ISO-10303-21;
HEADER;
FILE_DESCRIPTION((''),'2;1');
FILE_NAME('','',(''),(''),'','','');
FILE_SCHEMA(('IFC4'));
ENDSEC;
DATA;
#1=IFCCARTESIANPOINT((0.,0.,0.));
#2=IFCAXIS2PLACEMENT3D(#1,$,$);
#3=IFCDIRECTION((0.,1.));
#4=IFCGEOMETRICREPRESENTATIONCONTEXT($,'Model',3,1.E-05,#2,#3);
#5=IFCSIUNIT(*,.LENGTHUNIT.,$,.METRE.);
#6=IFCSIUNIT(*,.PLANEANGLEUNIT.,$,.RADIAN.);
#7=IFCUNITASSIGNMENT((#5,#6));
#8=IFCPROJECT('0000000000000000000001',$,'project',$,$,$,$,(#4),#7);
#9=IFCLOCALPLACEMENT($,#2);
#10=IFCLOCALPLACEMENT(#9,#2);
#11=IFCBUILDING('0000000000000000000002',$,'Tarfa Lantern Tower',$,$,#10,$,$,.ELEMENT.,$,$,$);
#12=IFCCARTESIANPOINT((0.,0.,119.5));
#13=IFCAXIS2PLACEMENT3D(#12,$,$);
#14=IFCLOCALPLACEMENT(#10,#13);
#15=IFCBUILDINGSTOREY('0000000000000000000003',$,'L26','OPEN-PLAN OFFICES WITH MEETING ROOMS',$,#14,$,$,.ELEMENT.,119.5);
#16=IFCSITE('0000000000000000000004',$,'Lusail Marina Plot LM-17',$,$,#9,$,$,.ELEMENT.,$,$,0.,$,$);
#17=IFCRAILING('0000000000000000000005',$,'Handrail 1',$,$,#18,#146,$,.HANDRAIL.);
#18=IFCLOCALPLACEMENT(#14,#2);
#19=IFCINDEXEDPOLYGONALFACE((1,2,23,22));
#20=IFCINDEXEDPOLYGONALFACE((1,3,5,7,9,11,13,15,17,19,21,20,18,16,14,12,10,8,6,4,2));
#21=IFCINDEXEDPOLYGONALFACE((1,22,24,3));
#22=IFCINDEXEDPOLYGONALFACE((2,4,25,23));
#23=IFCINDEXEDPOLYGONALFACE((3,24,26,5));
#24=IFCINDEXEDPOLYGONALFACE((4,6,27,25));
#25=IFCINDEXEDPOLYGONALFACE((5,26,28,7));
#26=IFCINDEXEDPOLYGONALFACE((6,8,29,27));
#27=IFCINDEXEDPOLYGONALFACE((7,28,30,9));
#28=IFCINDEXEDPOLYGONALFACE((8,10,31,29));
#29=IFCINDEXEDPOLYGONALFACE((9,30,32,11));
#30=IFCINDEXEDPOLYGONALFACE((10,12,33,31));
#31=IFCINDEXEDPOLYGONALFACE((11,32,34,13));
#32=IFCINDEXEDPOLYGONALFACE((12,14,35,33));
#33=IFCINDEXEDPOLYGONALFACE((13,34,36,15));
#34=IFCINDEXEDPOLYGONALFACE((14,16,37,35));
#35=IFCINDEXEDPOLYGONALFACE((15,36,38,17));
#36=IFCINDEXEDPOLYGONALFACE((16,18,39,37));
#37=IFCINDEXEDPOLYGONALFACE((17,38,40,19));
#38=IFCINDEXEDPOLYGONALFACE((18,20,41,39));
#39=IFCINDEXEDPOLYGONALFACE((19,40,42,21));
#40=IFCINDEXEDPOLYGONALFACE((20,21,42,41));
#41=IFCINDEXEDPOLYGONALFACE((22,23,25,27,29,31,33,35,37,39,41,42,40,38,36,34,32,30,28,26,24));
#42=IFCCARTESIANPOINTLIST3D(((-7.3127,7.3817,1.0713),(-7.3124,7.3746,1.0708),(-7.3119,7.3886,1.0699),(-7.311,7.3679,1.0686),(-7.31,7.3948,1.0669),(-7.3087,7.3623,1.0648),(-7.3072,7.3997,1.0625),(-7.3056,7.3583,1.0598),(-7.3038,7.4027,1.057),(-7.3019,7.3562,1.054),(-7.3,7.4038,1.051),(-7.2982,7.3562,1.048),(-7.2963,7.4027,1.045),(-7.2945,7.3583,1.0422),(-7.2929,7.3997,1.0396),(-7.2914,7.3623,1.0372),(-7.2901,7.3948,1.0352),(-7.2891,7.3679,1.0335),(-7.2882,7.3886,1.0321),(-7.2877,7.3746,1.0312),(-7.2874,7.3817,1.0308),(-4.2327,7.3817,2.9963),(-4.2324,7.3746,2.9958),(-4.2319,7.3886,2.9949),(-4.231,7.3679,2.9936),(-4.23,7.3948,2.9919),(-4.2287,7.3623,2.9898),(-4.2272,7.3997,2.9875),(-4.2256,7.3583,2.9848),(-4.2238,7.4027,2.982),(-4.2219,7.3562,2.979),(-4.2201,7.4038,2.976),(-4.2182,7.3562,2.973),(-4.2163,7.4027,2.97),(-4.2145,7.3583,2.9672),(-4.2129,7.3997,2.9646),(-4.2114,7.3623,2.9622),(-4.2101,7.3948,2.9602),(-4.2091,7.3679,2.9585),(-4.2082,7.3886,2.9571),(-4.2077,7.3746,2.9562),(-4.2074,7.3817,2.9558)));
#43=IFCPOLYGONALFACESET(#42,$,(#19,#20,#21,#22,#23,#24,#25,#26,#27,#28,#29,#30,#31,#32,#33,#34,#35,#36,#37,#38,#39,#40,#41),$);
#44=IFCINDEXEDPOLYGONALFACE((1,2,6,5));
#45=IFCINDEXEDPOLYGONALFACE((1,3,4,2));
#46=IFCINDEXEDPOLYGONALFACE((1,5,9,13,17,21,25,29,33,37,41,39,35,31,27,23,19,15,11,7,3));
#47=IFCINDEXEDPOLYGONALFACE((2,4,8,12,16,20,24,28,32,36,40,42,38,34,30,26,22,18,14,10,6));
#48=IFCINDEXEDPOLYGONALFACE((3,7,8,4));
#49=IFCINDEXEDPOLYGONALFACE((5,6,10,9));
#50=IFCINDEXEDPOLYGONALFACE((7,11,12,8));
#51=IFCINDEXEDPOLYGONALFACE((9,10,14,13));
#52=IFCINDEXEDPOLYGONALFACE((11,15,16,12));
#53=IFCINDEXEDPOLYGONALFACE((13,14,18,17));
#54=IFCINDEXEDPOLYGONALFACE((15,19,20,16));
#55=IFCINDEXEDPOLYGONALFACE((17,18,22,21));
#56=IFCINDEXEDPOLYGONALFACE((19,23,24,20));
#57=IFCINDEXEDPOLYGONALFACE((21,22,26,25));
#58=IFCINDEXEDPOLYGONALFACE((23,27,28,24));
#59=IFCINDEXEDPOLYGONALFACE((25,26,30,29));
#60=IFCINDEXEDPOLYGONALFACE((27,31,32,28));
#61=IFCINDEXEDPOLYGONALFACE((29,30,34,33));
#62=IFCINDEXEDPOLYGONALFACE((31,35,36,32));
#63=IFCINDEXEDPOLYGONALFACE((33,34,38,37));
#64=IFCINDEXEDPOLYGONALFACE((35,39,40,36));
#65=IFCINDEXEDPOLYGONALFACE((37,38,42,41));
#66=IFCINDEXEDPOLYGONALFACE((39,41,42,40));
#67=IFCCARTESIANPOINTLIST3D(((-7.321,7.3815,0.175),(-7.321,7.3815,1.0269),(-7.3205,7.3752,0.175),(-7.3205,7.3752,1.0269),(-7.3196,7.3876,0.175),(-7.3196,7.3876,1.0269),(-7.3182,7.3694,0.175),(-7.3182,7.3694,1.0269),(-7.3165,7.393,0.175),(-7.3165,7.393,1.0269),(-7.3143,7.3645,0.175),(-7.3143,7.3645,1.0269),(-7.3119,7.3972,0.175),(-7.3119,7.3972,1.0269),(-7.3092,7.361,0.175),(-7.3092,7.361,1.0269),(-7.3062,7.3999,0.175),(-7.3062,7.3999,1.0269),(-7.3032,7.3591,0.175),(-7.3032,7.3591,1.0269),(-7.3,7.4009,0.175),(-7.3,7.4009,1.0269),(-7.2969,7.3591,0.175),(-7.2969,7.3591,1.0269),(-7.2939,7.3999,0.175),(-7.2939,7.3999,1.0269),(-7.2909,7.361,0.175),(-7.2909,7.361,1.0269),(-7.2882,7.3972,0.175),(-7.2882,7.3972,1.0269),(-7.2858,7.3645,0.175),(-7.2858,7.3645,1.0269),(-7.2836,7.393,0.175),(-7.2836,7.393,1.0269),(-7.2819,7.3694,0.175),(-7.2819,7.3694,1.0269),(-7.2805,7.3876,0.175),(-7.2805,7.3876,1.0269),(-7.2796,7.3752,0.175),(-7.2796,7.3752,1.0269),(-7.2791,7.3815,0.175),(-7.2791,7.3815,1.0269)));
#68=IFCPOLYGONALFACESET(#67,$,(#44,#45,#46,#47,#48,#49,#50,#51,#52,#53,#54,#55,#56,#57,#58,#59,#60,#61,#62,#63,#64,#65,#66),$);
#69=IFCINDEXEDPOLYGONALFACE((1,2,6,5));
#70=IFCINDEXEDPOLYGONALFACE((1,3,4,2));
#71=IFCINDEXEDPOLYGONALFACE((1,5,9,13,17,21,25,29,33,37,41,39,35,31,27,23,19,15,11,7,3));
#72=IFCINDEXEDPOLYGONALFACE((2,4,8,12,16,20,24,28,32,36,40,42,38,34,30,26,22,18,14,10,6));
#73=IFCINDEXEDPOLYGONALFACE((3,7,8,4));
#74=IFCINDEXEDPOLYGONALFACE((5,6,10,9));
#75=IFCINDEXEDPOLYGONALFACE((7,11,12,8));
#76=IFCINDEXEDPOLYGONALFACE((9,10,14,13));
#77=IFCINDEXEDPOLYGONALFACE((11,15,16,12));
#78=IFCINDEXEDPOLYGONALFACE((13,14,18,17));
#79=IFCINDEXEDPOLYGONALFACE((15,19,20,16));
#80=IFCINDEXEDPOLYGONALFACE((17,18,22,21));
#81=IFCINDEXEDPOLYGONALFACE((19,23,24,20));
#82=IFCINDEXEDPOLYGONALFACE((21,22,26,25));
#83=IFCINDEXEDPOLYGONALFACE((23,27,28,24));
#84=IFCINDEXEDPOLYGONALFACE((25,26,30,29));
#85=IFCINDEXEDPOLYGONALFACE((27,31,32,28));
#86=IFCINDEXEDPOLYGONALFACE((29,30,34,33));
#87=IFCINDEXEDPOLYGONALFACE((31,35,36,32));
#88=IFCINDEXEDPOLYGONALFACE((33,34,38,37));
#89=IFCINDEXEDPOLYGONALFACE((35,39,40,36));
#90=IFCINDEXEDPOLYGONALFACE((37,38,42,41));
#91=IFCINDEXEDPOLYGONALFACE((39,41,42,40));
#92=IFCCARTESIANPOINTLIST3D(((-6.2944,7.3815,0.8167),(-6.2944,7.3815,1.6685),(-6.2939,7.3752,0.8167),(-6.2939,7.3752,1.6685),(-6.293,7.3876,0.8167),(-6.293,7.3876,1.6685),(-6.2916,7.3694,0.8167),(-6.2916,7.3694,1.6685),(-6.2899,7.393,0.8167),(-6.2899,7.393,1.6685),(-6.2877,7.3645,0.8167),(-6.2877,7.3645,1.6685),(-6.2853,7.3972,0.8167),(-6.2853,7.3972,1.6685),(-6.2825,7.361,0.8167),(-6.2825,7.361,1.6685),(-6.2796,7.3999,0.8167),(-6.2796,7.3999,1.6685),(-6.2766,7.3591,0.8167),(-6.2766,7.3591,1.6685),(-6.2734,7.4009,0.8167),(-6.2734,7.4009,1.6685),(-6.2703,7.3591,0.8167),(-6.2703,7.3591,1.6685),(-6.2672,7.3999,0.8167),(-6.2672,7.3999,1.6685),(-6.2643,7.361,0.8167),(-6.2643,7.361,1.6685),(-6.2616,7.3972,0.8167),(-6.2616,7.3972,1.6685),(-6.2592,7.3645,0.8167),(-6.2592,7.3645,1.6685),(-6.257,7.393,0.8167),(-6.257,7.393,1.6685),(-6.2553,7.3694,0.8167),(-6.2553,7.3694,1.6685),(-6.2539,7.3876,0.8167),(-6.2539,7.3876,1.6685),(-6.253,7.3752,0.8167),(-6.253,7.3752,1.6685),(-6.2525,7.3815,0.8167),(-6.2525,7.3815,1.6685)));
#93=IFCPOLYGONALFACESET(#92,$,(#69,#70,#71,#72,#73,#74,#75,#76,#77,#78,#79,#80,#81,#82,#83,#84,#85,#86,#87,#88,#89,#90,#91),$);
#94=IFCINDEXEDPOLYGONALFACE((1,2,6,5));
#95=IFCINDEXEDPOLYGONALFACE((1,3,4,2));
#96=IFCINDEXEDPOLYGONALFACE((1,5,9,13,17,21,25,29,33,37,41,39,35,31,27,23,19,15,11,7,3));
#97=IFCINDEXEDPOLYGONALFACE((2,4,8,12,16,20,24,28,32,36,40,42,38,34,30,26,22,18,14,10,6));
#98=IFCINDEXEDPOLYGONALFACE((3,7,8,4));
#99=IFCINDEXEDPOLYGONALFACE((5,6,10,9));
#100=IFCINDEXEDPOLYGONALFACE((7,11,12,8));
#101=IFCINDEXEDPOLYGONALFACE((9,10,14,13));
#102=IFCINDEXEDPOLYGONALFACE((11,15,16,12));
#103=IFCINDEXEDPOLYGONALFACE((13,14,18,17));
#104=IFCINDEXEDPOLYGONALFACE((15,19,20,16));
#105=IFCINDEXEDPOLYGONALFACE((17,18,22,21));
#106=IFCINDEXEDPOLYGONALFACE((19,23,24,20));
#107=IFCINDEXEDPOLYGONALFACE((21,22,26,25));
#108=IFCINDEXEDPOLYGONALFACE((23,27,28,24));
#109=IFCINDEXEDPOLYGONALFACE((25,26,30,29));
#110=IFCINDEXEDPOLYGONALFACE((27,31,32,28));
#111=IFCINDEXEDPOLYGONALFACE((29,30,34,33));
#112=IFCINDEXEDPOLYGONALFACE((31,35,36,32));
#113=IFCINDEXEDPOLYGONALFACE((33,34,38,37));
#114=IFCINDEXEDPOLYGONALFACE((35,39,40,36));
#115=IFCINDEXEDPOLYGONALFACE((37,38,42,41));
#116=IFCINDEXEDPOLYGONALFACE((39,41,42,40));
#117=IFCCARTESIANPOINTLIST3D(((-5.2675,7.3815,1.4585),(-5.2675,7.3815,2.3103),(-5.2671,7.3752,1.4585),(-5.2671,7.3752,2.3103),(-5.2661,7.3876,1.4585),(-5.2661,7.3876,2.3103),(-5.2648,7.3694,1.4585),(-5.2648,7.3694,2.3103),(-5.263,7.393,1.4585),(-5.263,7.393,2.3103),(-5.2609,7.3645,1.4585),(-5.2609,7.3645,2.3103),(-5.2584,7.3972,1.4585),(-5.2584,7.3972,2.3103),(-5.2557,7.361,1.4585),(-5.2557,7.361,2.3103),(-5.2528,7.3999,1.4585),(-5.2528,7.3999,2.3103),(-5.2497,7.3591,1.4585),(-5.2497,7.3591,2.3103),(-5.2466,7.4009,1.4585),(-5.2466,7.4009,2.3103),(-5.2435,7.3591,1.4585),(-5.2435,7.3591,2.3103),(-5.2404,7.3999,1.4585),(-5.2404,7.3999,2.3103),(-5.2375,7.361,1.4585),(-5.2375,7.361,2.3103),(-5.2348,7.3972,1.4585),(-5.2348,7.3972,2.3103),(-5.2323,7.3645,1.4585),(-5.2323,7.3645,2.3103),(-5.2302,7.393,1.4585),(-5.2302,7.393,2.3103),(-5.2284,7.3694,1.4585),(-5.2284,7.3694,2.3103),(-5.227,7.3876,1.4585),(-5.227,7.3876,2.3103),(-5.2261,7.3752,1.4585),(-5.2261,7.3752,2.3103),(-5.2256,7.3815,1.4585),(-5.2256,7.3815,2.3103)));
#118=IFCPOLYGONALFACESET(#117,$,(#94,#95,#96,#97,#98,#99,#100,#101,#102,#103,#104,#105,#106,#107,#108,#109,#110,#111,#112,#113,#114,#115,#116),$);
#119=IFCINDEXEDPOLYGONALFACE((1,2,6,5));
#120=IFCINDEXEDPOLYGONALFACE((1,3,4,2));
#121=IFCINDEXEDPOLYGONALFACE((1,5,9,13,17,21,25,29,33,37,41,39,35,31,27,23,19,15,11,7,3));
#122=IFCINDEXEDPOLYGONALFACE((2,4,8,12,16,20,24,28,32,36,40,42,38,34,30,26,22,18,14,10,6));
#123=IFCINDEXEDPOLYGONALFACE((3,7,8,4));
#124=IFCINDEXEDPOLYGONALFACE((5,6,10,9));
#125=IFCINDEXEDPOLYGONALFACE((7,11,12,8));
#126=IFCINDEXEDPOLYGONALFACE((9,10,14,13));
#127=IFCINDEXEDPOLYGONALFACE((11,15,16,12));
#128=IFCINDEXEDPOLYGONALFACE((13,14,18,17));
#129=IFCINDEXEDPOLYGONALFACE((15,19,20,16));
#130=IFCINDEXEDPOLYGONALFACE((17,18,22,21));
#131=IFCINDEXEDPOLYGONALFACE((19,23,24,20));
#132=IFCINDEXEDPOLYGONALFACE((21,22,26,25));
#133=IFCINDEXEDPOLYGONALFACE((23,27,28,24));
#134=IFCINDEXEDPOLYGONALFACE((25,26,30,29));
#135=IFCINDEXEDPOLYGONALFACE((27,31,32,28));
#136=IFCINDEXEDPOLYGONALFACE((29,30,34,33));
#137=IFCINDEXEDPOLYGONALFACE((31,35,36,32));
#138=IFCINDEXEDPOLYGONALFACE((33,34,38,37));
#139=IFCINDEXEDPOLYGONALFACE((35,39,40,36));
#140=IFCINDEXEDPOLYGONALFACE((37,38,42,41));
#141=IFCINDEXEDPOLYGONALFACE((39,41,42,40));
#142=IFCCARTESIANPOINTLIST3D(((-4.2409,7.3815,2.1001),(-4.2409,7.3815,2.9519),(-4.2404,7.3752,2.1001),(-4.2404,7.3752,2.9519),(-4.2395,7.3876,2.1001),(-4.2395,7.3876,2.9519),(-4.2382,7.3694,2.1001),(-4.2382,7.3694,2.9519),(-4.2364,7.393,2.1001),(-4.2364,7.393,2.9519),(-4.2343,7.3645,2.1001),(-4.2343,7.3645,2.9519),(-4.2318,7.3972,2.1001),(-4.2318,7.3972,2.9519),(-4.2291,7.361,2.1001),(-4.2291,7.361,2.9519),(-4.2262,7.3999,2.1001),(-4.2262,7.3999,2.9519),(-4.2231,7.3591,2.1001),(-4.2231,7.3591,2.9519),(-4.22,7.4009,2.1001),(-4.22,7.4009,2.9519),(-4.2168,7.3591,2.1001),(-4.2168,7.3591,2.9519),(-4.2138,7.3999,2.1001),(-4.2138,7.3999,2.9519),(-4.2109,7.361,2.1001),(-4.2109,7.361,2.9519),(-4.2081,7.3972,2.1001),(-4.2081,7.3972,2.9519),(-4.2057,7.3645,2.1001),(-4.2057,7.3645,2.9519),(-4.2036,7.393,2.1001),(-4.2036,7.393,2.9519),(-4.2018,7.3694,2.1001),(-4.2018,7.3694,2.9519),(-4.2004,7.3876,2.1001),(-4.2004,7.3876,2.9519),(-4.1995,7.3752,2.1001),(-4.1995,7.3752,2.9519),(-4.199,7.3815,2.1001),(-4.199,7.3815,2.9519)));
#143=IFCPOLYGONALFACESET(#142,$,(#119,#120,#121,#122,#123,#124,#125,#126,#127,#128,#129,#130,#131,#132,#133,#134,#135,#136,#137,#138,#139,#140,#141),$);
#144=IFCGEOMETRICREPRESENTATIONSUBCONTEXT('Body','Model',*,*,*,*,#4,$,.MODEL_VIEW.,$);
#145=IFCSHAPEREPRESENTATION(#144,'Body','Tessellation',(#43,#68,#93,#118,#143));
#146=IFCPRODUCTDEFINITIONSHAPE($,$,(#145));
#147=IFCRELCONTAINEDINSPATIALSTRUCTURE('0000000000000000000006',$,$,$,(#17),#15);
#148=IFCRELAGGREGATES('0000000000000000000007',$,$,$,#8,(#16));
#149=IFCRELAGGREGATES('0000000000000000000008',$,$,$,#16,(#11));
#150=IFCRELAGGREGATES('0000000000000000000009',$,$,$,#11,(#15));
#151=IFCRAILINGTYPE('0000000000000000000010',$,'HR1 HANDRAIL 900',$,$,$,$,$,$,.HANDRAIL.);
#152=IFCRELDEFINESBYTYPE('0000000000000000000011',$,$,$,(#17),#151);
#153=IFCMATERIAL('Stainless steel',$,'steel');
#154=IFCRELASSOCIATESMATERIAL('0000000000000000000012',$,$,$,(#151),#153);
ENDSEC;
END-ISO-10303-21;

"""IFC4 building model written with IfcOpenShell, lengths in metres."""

from ifc_helpers import new_model, si_unit, direction, frame, origin, origin_2d, place, context, subcontext, project, spatial, circle, extrude, material, type_object, element, save


model = new_model("IFC4")

# Units and contexts
model_context = context("Model", 3, precision=1e-05, world=origin(), true_north=direction((0.0, 1.0)))
body_context = subcontext(model_context, "Body", "Model", "MODEL_VIEW")
ifc_project = project(units=[si_unit("LENGTHUNIT", "METRE"), si_unit("PLANEANGLEUNIT", "RADIAN")], contexts=[model_context])

# Site, building, storey
site_placement = place(None, origin())
site = spatial("IfcSite", under=ifc_project, at=site_placement, Name="Lusail Marina Plot LM-17", CompositionType="ELEMENT", RefElevation=0.0)
building_placement = place(site_placement, origin())
building = spatial("IfcBuilding", under=site, at=building_placement, Name="Tarfa Lantern Tower", CompositionType="ELEMENT")
storey_placement = place(building_placement, frame((0.0, 0.0, 119.5)))
storey = spatial("IfcBuildingStorey", under=building, at=storey_placement, Name="L26", Description="OPEN-PLAN OFFICES WITH MEETING ROOMS", CompositionType="ELEMENT", Elevation=119.5)

# Railing
ifc_material_1 = material(Name="Stainless steel", Category="steel")
railing_type = type_object("IfcRailingType", Name="HR1 HANDRAIL 900", PredefinedType="HANDRAIL", material=ifc_material_1)
railing_1_placement = place(storey_placement, frame((-7.3, 7.3799, 0.175)))
element("IfcRailing", 1, at=railing_1_placement, inside=storey, type_object=railing_type, Name="Handrail 1", PredefinedType="HANDRAIL", context=body_context, shape_type="SweptSolid", body=[
    extrude(circle(Radius=0.0239, at=origin_2d()), frame((0.0, 0.0, 0.876), z_axis=(0.847998, 0.0, 0.529999), x_axis=(0.0, 1.0, 0.0)), (0.0, 0.0, 1.0), 3.6321),
    extrude(circle(Radius=0.021, at=origin_2d()), frame((0.0, 0.0, 0.0), z_axis=(0.0, 0.0, 1.0), x_axis=(0.0, 1.0, 0.0)), (0.0, 0.0, 1.0), 0.8518),
    extrude(circle(Radius=0.021, at=origin_2d()), frame((1.0266, 0.0, 0.6416), z_axis=(0.0, 0.0, 1.0), x_axis=(0.0, 1.0, 0.0)), (0.0, 0.0, 1.0), 0.8518),
    extrude(circle(Radius=0.021, at=origin_2d()), frame((2.0535, 0.0, 1.2834), z_axis=(0.0, 0.0, 1.0), x_axis=(0.0, 1.0, 0.0)), (0.0, 0.0, 1.0), 0.8518),
    extrude(circle(Radius=0.021, at=origin_2d()), frame((3.0801, 0.0, 1.925), z_axis=(0.0, 0.0, 1.0), x_axis=(0.0, 1.0, 0.0)), (0.0, 0.0, 1.0), 0.8518),
])

save(model, "model.ifc")
